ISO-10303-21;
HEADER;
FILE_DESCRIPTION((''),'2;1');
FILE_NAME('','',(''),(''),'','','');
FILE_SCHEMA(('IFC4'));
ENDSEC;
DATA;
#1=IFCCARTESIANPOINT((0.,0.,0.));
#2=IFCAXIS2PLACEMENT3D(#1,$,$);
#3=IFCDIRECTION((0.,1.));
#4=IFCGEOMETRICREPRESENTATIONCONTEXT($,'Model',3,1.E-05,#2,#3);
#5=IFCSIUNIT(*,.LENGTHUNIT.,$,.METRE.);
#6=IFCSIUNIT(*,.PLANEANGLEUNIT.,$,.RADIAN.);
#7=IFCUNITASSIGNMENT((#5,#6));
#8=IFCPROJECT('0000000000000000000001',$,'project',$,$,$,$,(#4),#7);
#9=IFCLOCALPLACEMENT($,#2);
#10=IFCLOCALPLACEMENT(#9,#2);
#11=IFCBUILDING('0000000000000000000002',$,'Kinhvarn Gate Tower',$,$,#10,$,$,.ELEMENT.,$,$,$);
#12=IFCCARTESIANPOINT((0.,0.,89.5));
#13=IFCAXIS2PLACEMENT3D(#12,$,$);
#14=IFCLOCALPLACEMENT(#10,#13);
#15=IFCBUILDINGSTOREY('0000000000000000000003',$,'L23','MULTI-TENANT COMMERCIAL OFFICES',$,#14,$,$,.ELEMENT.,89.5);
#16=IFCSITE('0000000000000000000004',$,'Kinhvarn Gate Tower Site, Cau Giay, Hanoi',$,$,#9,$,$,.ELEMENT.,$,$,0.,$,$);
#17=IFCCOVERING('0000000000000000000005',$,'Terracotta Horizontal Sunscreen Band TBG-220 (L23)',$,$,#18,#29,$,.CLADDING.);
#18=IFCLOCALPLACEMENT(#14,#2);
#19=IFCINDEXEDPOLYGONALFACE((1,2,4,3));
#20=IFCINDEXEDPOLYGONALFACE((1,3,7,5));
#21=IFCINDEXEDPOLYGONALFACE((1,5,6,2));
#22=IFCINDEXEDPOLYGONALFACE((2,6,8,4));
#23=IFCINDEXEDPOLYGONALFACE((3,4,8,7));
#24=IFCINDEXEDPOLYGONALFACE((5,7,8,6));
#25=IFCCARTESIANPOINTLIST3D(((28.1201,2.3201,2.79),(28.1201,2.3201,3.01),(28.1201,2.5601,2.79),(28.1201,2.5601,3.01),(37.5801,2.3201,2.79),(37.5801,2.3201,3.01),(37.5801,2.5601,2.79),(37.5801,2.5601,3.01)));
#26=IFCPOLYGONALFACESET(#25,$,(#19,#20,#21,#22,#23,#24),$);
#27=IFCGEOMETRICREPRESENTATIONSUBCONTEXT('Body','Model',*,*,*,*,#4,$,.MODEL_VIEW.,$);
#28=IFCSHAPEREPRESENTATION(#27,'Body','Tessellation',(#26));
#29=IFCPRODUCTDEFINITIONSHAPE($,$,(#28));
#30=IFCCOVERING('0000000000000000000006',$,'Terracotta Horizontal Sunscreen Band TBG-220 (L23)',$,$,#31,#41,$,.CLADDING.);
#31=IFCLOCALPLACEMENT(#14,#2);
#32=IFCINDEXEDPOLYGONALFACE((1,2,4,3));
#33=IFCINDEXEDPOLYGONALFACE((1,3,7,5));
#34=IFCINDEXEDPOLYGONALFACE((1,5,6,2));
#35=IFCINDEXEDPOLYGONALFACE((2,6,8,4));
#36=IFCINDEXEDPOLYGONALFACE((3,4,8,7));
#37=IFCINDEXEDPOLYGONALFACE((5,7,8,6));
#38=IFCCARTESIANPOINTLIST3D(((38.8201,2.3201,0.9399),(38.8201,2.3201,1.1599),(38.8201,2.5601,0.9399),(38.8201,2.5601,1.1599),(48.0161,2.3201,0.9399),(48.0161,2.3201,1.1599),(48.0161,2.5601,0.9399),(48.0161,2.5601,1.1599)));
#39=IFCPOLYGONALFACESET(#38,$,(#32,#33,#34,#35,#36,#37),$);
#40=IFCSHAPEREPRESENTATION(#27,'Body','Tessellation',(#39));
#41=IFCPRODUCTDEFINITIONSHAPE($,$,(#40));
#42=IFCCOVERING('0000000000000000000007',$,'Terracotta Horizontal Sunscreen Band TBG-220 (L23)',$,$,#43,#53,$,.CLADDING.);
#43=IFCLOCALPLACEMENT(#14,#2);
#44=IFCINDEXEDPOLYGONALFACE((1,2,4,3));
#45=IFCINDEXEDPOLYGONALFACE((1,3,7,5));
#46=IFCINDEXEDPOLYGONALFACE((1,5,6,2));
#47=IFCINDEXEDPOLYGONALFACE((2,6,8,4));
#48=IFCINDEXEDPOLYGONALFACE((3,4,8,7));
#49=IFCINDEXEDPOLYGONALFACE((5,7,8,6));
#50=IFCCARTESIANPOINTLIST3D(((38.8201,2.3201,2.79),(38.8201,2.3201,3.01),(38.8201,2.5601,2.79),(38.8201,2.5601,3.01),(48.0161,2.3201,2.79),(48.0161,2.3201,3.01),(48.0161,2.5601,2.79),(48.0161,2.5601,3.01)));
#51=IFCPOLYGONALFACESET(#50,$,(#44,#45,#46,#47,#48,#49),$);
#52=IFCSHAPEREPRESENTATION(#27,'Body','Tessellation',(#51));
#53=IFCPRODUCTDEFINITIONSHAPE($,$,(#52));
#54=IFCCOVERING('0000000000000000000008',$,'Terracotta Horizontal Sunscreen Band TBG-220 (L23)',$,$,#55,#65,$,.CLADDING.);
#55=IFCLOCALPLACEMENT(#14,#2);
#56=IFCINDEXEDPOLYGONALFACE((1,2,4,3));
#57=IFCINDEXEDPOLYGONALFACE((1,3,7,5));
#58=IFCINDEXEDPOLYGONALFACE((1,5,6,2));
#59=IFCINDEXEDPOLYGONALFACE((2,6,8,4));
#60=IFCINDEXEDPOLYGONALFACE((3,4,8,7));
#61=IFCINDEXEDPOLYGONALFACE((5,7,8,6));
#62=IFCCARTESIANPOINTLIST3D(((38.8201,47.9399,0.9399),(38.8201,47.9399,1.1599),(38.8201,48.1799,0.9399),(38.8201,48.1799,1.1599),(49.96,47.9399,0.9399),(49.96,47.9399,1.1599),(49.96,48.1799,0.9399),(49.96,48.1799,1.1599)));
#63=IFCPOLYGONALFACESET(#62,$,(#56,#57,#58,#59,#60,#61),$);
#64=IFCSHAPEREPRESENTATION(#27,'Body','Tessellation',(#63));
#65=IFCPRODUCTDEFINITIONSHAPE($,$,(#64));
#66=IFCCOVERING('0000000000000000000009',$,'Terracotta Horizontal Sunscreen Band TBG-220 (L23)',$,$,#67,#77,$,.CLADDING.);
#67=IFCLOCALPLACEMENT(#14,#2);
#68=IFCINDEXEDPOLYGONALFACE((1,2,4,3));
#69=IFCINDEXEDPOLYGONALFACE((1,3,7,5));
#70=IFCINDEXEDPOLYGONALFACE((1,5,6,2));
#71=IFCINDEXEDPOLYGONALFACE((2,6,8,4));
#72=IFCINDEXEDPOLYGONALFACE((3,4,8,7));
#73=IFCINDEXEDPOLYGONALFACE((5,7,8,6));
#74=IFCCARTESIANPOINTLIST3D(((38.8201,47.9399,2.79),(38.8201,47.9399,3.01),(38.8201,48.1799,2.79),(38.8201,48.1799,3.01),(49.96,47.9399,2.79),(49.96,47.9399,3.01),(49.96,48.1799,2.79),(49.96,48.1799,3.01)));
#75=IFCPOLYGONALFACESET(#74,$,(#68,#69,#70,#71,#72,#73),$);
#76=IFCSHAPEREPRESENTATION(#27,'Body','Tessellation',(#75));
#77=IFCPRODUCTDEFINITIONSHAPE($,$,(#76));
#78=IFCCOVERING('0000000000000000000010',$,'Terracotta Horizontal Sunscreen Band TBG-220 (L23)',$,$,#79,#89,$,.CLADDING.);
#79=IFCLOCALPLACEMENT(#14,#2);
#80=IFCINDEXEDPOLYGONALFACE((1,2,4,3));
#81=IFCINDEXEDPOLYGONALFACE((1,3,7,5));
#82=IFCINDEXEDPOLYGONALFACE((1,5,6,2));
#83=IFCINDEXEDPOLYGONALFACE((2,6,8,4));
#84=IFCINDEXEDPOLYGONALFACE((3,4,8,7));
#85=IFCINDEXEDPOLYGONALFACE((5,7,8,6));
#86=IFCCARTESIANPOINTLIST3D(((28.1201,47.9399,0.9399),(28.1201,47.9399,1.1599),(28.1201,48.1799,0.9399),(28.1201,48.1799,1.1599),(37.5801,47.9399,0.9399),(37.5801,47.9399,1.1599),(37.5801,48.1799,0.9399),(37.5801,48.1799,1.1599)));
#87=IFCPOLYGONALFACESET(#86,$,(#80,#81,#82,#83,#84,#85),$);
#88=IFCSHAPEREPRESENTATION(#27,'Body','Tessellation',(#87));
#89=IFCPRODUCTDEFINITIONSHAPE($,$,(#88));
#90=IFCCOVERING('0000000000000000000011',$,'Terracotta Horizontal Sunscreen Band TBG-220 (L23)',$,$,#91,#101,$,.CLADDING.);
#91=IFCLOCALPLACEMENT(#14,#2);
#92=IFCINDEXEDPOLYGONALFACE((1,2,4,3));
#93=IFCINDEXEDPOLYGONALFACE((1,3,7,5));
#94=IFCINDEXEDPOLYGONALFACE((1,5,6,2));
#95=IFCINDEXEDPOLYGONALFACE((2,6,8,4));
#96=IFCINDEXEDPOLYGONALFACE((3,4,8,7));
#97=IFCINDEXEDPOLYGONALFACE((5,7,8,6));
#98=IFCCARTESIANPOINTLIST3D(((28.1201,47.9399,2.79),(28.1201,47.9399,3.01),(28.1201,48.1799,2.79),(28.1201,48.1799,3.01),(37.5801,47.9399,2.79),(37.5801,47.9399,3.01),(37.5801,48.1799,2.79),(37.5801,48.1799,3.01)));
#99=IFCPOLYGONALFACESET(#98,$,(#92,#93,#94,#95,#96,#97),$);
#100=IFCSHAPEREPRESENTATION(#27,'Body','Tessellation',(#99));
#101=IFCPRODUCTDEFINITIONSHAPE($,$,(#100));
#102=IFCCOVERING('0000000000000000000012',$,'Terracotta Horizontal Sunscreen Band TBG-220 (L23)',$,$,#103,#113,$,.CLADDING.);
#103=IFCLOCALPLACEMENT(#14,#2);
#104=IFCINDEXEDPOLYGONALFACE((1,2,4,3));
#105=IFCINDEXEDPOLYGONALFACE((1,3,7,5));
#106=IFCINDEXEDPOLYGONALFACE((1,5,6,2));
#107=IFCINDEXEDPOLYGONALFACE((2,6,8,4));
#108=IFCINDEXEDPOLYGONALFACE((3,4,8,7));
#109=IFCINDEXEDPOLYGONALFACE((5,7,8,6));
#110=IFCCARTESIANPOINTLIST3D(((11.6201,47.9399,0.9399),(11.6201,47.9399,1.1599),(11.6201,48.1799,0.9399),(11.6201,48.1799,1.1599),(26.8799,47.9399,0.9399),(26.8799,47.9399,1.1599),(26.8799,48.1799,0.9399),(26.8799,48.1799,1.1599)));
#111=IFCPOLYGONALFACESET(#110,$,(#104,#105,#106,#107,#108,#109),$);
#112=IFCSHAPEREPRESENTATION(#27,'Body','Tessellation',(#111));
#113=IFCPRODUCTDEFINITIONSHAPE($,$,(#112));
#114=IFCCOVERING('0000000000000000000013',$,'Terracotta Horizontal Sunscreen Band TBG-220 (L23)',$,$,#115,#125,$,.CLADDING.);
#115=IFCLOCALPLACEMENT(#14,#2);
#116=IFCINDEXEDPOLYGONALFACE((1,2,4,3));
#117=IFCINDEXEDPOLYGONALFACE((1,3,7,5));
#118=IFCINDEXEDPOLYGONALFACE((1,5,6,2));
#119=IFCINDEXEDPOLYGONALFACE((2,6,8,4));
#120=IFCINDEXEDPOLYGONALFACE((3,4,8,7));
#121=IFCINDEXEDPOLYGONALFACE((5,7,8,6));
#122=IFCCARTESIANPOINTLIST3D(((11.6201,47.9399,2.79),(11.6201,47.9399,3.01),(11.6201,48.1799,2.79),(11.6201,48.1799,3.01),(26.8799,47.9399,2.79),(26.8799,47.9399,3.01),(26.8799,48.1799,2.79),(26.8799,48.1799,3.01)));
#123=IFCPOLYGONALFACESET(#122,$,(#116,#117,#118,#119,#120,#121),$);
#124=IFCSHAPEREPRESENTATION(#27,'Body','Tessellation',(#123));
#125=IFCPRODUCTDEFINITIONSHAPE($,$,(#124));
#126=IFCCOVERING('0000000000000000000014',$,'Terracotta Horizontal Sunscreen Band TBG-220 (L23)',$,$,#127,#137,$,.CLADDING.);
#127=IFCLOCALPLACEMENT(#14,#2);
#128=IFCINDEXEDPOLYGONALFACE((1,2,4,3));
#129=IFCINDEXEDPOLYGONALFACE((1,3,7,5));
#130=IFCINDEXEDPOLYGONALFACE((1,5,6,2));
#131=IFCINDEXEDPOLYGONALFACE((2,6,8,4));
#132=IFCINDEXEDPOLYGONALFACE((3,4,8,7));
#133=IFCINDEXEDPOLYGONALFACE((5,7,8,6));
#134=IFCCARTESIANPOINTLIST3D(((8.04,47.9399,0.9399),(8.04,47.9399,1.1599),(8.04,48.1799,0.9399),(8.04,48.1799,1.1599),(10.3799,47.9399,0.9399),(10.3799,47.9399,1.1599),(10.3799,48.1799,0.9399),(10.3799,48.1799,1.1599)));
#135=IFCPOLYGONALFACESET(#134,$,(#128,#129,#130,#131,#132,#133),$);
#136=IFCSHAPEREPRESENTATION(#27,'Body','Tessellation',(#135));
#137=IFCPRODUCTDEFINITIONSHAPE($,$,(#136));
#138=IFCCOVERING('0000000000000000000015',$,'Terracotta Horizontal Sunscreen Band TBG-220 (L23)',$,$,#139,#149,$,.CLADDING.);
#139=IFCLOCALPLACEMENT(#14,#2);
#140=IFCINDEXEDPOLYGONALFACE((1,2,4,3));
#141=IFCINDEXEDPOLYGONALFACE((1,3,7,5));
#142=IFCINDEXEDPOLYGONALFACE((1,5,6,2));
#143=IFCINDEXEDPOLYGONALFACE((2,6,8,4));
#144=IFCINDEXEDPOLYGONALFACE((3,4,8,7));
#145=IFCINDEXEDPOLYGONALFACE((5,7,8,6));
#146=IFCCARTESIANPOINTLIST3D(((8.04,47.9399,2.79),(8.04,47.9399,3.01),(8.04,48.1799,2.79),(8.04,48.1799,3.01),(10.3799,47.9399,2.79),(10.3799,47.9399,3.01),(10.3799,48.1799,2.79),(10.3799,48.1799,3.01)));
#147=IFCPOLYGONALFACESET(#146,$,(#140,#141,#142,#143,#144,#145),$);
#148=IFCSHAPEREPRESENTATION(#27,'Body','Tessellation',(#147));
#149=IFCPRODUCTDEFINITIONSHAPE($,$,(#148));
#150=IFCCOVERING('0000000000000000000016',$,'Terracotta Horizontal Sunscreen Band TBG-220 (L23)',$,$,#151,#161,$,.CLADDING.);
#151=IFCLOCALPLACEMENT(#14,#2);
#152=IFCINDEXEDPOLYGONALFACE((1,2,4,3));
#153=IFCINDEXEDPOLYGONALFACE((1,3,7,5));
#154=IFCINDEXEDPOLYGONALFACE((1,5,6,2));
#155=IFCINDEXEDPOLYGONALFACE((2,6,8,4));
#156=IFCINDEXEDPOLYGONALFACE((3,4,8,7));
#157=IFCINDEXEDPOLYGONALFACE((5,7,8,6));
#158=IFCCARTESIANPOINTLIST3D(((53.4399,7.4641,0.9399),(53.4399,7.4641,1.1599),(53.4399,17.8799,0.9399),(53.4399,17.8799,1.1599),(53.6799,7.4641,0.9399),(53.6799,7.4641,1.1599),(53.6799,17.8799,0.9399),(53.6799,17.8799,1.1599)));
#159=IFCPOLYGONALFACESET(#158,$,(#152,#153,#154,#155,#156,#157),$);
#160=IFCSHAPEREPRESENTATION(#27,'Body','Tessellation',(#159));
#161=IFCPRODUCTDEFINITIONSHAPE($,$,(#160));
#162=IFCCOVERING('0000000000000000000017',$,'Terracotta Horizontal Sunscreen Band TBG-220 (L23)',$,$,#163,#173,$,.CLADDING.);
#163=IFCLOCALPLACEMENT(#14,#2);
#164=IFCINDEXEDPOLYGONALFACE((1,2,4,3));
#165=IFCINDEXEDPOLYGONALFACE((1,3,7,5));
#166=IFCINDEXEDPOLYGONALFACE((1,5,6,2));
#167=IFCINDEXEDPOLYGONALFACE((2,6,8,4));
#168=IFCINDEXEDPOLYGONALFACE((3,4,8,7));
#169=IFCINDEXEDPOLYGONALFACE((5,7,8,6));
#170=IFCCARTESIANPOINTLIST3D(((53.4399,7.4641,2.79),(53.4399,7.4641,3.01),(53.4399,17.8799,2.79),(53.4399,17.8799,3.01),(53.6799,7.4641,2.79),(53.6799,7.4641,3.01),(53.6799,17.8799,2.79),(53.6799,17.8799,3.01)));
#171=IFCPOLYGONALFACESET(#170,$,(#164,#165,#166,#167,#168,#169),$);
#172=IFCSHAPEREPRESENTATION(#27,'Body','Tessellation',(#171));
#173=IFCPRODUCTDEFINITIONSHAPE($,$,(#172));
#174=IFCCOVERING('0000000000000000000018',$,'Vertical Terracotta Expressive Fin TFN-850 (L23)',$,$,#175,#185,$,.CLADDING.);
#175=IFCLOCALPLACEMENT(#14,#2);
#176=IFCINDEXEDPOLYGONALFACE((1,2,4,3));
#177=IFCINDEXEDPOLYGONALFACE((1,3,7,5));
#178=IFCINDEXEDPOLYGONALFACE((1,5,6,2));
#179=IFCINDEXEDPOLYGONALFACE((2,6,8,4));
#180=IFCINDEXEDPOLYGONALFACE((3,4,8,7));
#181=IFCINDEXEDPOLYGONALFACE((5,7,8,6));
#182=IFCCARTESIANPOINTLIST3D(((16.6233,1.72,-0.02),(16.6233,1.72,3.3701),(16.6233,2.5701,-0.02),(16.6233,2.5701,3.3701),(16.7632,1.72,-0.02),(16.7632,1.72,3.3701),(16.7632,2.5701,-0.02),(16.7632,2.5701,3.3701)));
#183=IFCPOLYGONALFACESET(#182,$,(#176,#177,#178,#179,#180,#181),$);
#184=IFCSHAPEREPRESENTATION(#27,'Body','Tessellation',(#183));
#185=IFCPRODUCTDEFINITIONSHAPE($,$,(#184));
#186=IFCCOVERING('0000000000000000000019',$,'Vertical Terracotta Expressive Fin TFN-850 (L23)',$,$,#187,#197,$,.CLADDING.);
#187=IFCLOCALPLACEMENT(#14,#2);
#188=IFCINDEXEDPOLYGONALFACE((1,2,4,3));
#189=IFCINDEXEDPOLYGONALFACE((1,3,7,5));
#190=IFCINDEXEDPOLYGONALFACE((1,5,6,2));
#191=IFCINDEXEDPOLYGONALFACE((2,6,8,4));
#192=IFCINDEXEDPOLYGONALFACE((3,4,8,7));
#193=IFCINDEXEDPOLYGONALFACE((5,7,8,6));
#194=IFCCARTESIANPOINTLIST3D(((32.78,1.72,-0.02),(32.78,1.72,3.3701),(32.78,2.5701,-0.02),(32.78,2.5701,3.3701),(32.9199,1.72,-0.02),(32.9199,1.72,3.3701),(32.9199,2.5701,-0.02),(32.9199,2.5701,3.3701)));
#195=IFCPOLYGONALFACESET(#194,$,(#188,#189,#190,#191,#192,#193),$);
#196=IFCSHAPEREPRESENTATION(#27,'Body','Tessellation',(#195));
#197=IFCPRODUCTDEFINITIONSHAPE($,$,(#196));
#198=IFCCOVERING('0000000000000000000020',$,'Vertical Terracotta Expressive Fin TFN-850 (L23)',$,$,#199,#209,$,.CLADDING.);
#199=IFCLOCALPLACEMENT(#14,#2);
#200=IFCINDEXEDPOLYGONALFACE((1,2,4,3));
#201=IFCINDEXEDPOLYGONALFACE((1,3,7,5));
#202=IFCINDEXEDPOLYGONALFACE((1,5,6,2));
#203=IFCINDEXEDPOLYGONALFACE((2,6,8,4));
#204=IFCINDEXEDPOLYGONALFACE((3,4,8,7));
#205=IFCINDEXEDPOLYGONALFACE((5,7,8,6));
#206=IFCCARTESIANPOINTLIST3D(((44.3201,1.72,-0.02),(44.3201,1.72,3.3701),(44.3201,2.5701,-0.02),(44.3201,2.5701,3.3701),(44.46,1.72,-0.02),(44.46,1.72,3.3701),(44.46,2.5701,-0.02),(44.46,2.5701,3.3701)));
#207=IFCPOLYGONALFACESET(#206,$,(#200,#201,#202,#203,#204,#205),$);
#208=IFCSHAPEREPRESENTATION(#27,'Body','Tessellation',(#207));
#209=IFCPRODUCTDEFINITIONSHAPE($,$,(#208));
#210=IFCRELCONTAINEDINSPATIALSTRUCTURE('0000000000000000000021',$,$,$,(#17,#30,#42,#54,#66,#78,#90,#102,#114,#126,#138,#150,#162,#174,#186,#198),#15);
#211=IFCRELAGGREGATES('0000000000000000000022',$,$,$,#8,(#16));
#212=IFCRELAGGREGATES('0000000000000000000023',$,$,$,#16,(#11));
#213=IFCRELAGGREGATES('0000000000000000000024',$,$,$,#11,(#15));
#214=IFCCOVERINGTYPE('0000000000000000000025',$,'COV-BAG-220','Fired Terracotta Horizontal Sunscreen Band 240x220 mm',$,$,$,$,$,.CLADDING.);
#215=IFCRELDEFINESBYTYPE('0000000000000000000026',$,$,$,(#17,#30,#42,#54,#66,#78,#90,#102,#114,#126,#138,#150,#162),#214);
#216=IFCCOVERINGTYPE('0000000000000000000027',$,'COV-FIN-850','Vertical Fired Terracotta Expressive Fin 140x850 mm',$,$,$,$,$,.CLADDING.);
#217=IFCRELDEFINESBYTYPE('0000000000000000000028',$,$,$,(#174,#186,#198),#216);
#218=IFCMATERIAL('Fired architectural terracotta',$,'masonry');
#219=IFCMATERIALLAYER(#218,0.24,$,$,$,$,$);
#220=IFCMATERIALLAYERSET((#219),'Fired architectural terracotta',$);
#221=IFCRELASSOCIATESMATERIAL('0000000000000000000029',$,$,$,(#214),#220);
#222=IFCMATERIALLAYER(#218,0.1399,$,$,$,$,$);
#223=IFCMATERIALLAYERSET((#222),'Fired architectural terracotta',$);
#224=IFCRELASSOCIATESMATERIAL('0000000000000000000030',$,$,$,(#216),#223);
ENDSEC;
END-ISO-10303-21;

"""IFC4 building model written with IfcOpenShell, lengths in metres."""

from ifc_helpers import new_model, si_unit, direction, frame, origin, place, context, subcontext, project, spatial, polyline, outline, extrude, material, layer, layer_set, type_object, element, save


model = new_model("IFC4")

# Units and contexts
model_context = context("Model", 3, precision=1e-05, world=origin(), true_north=direction((0.0, 1.0)))
body_context = subcontext(model_context, "Body", "Model", "MODEL_VIEW")
ifc_project = project(units=[si_unit("LENGTHUNIT", "METRE"), si_unit("PLANEANGLEUNIT", "RADIAN")], contexts=[model_context])

# Site, building, storey
site_placement = place(None, origin())
site = spatial("IfcSite", under=ifc_project, at=site_placement, Name="Kinhvarn Gate Tower Site, Cau Giay, Hanoi", CompositionType="ELEMENT", RefElevation=0.0)
building_placement = place(site_placement, origin())
building = spatial("IfcBuilding", under=site, at=building_placement, Name="Kinhvarn Gate Tower", CompositionType="ELEMENT")
storey_placement = place(building_placement, frame((0.0, 0.0, 89.5)))
storey = spatial("IfcBuildingStorey", under=building, at=storey_placement, Name="L23", Description="MULTI-TENANT COMMERCIAL OFFICES", CompositionType="ELEMENT", Elevation=89.5)

# Coverings
ifc_material_1 = material(Name="Fired architectural terracotta", Category="masonry")
ifc_layer_1 = layer(ifc_material_1, 0.24)
ifc_layer_set_1 = layer_set([ifc_layer_1], Name="Fired architectural terracotta")
covering_type_1 = type_object("IfcCoveringType", Name="COV-BAG-220", Description="Fired Terracotta Horizontal Sunscreen Band 240x220 mm", PredefinedType="CLADDING", material=ifc_layer_set_1)
for number, where, name in (
    (1, (0.0, 0.0, 2.79), "Terracotta Horizontal Sunscreen Band TBG-220 (L23)"),
):
    element("IfcCovering", number, at=place(storey_placement, frame(where)), inside=storey, type_object=covering_type_1, Name=name, PredefinedType="CLADDING", context=body_context, shape_type="SweptSolid", body=[
        extrude(outline(polyline([(28.1201, 2.5601), (37.5801, 2.5601), (37.5801, 2.3201), (28.1201, 2.3201), (28.1201, 2.5601)])), origin(), (0.0, 0.0, 1.0), 0.22),
    ])
for number, where, name in (
    (2, (0.0, 0.0, 0.9399), "Terracotta Horizontal Sunscreen Band TBG-220 (L23)"),
    (3, (0.0, 0.0, 2.79), "Terracotta Horizontal Sunscreen Band TBG-220 (L23)"),
):
    element("IfcCovering", number, at=place(storey_placement, frame(where)), inside=storey, type_object=covering_type_1, Name=name, PredefinedType="CLADDING", context=body_context, shape_type="SweptSolid", body=[
        extrude(outline(polyline([(38.8201, 2.5601), (48.0161, 2.5601), (48.0161, 2.3201), (38.8201, 2.3201), (38.8201, 2.5601)])), origin(), (0.0, 0.0, 1.0), 0.22),
    ])
for number, where, name in (
    (4, (0.0, 0.0, 0.9399), "Terracotta Horizontal Sunscreen Band TBG-220 (L23)"),
    (5, (0.0, 0.0, 2.79), "Terracotta Horizontal Sunscreen Band TBG-220 (L23)"),
):
    element("IfcCovering", number, at=place(storey_placement, frame(where)), inside=storey, type_object=covering_type_1, Name=name, PredefinedType="CLADDING", context=body_context, shape_type="SweptSolid", body=[
        extrude(outline(polyline([(49.96, 47.9399), (38.8201, 47.9399), (38.8201, 48.1799), (49.96, 48.1799), (49.96, 47.9399)])), origin(), (0.0, 0.0, 1.0), 0.22),
    ])
for number, where, name in (
    (6, (0.0, 0.0, 0.9399), "Terracotta Horizontal Sunscreen Band TBG-220 (L23)"),
    (7, (0.0, 0.0, 2.79), "Terracotta Horizontal Sunscreen Band TBG-220 (L23)"),
):
    element("IfcCovering", number, at=place(storey_placement, frame(where)), inside=storey, type_object=covering_type_1, Name=name, PredefinedType="CLADDING", context=body_context, shape_type="SweptSolid", body=[
        extrude(outline(polyline([(37.5801, 47.9399), (28.1201, 47.9399), (28.1201, 48.1799), (37.5801, 48.1799), (37.5801, 47.9399)])), origin(), (0.0, 0.0, 1.0), 0.22),
    ])
for number, where, name in (
    (8, (0.0, 0.0, 0.9399), "Terracotta Horizontal Sunscreen Band TBG-220 (L23)"),
    (9, (0.0, 0.0, 2.79), "Terracotta Horizontal Sunscreen Band TBG-220 (L23)"),
):
    element("IfcCovering", number, at=place(storey_placement, frame(where)), inside=storey, type_object=covering_type_1, Name=name, PredefinedType="CLADDING", context=body_context, shape_type="SweptSolid", body=[
        extrude(outline(polyline([(26.8799, 47.9399), (11.6201, 47.9399), (11.6201, 48.1799), (26.8799, 48.1799), (26.8799, 47.9399)])), origin(), (0.0, 0.0, 1.0), 0.22),
    ])
for number, where, name in (
    (10, (0.0, 0.0, 0.9399), "Terracotta Horizontal Sunscreen Band TBG-220 (L23)"),
    (11, (0.0, 0.0, 2.79), "Terracotta Horizontal Sunscreen Band TBG-220 (L23)"),
):
    element("IfcCovering", number, at=place(storey_placement, frame(where)), inside=storey, type_object=covering_type_1, Name=name, PredefinedType="CLADDING", context=body_context, shape_type="SweptSolid", body=[
        extrude(outline(polyline([(10.3799, 47.9399), (8.04, 47.9399), (8.04, 48.1799), (10.3799, 48.1799), (10.3799, 47.9399)])), origin(), (0.0, 0.0, 1.0), 0.22),
    ])
for number, where, name in (
    (12, (0.0, 0.0, 0.9399), "Terracotta Horizontal Sunscreen Band TBG-220 (L23)"),
    (13, (0.0, 0.0, 2.79), "Terracotta Horizontal Sunscreen Band TBG-220 (L23)"),
):
    element("IfcCovering", number, at=place(storey_placement, frame(where)), inside=storey, type_object=covering_type_1, Name=name, PredefinedType="CLADDING", context=body_context, shape_type="SweptSolid", body=[
        extrude(outline(polyline([(53.4399, 7.4641), (53.4399, 17.8799), (53.6799, 17.8799), (53.6799, 7.4641), (53.4399, 7.4641)])), origin(), (0.0, 0.0, 1.0), 0.22),
    ])
ifc_layer_2 = layer(ifc_material_1, 0.1399)
ifc_layer_set_2 = layer_set([ifc_layer_2], Name="Fired architectural terracotta")
covering_type_2 = type_object("IfcCoveringType", Name="COV-FIN-850", Description="Vertical Fired Terracotta Expressive Fin 140x850 mm", PredefinedType="CLADDING", material=ifc_layer_set_2)
covering_1_placement = place(storey_placement, frame((0.0, 0.0, -0.02)))
element("IfcCovering", 14, at=covering_1_placement, inside=storey, type_object=covering_type_2, Name="Vertical Terracotta Expressive Fin TFN-850 (L23)", PredefinedType="CLADDING", context=body_context, shape_type="SweptSolid", body=[
    extrude(outline(polyline([(16.6233, 2.5701), (16.7632, 2.5701), (16.7632, 1.72), (16.6233, 1.72), (16.6233, 2.5701)])), origin(), (0.0, 0.0, 1.0), 3.3901),
])
covering_2_placement = place(storey_placement, frame((0.0, 0.0, -0.02)))
element("IfcCovering", 15, at=covering_2_placement, inside=storey, type_object=covering_type_2, Name="Vertical Terracotta Expressive Fin TFN-850 (L23)", PredefinedType="CLADDING", context=body_context, shape_type="SweptSolid", body=[
    extrude(outline(polyline([(32.78, 2.5701), (32.9199, 2.5701), (32.9199, 1.72), (32.78, 1.72), (32.78, 2.5701)])), origin(), (0.0, 0.0, 1.0), 3.3901),
])
covering_3_placement = place(storey_placement, frame((0.0, 0.0, -0.02)))
element("IfcCovering", 16, at=covering_3_placement, inside=storey, type_object=covering_type_2, Name="Vertical Terracotta Expressive Fin TFN-850 (L23)", PredefinedType="CLADDING", context=body_context, shape_type="SweptSolid", body=[
    extrude(outline(polyline([(44.3201, 2.5701), (44.46, 2.5701), (44.46, 1.72), (44.3201, 1.72), (44.3201, 2.5701)])), origin(), (0.0, 0.0, 1.0), 3.3901),
])

save(model, "model.ifc")
